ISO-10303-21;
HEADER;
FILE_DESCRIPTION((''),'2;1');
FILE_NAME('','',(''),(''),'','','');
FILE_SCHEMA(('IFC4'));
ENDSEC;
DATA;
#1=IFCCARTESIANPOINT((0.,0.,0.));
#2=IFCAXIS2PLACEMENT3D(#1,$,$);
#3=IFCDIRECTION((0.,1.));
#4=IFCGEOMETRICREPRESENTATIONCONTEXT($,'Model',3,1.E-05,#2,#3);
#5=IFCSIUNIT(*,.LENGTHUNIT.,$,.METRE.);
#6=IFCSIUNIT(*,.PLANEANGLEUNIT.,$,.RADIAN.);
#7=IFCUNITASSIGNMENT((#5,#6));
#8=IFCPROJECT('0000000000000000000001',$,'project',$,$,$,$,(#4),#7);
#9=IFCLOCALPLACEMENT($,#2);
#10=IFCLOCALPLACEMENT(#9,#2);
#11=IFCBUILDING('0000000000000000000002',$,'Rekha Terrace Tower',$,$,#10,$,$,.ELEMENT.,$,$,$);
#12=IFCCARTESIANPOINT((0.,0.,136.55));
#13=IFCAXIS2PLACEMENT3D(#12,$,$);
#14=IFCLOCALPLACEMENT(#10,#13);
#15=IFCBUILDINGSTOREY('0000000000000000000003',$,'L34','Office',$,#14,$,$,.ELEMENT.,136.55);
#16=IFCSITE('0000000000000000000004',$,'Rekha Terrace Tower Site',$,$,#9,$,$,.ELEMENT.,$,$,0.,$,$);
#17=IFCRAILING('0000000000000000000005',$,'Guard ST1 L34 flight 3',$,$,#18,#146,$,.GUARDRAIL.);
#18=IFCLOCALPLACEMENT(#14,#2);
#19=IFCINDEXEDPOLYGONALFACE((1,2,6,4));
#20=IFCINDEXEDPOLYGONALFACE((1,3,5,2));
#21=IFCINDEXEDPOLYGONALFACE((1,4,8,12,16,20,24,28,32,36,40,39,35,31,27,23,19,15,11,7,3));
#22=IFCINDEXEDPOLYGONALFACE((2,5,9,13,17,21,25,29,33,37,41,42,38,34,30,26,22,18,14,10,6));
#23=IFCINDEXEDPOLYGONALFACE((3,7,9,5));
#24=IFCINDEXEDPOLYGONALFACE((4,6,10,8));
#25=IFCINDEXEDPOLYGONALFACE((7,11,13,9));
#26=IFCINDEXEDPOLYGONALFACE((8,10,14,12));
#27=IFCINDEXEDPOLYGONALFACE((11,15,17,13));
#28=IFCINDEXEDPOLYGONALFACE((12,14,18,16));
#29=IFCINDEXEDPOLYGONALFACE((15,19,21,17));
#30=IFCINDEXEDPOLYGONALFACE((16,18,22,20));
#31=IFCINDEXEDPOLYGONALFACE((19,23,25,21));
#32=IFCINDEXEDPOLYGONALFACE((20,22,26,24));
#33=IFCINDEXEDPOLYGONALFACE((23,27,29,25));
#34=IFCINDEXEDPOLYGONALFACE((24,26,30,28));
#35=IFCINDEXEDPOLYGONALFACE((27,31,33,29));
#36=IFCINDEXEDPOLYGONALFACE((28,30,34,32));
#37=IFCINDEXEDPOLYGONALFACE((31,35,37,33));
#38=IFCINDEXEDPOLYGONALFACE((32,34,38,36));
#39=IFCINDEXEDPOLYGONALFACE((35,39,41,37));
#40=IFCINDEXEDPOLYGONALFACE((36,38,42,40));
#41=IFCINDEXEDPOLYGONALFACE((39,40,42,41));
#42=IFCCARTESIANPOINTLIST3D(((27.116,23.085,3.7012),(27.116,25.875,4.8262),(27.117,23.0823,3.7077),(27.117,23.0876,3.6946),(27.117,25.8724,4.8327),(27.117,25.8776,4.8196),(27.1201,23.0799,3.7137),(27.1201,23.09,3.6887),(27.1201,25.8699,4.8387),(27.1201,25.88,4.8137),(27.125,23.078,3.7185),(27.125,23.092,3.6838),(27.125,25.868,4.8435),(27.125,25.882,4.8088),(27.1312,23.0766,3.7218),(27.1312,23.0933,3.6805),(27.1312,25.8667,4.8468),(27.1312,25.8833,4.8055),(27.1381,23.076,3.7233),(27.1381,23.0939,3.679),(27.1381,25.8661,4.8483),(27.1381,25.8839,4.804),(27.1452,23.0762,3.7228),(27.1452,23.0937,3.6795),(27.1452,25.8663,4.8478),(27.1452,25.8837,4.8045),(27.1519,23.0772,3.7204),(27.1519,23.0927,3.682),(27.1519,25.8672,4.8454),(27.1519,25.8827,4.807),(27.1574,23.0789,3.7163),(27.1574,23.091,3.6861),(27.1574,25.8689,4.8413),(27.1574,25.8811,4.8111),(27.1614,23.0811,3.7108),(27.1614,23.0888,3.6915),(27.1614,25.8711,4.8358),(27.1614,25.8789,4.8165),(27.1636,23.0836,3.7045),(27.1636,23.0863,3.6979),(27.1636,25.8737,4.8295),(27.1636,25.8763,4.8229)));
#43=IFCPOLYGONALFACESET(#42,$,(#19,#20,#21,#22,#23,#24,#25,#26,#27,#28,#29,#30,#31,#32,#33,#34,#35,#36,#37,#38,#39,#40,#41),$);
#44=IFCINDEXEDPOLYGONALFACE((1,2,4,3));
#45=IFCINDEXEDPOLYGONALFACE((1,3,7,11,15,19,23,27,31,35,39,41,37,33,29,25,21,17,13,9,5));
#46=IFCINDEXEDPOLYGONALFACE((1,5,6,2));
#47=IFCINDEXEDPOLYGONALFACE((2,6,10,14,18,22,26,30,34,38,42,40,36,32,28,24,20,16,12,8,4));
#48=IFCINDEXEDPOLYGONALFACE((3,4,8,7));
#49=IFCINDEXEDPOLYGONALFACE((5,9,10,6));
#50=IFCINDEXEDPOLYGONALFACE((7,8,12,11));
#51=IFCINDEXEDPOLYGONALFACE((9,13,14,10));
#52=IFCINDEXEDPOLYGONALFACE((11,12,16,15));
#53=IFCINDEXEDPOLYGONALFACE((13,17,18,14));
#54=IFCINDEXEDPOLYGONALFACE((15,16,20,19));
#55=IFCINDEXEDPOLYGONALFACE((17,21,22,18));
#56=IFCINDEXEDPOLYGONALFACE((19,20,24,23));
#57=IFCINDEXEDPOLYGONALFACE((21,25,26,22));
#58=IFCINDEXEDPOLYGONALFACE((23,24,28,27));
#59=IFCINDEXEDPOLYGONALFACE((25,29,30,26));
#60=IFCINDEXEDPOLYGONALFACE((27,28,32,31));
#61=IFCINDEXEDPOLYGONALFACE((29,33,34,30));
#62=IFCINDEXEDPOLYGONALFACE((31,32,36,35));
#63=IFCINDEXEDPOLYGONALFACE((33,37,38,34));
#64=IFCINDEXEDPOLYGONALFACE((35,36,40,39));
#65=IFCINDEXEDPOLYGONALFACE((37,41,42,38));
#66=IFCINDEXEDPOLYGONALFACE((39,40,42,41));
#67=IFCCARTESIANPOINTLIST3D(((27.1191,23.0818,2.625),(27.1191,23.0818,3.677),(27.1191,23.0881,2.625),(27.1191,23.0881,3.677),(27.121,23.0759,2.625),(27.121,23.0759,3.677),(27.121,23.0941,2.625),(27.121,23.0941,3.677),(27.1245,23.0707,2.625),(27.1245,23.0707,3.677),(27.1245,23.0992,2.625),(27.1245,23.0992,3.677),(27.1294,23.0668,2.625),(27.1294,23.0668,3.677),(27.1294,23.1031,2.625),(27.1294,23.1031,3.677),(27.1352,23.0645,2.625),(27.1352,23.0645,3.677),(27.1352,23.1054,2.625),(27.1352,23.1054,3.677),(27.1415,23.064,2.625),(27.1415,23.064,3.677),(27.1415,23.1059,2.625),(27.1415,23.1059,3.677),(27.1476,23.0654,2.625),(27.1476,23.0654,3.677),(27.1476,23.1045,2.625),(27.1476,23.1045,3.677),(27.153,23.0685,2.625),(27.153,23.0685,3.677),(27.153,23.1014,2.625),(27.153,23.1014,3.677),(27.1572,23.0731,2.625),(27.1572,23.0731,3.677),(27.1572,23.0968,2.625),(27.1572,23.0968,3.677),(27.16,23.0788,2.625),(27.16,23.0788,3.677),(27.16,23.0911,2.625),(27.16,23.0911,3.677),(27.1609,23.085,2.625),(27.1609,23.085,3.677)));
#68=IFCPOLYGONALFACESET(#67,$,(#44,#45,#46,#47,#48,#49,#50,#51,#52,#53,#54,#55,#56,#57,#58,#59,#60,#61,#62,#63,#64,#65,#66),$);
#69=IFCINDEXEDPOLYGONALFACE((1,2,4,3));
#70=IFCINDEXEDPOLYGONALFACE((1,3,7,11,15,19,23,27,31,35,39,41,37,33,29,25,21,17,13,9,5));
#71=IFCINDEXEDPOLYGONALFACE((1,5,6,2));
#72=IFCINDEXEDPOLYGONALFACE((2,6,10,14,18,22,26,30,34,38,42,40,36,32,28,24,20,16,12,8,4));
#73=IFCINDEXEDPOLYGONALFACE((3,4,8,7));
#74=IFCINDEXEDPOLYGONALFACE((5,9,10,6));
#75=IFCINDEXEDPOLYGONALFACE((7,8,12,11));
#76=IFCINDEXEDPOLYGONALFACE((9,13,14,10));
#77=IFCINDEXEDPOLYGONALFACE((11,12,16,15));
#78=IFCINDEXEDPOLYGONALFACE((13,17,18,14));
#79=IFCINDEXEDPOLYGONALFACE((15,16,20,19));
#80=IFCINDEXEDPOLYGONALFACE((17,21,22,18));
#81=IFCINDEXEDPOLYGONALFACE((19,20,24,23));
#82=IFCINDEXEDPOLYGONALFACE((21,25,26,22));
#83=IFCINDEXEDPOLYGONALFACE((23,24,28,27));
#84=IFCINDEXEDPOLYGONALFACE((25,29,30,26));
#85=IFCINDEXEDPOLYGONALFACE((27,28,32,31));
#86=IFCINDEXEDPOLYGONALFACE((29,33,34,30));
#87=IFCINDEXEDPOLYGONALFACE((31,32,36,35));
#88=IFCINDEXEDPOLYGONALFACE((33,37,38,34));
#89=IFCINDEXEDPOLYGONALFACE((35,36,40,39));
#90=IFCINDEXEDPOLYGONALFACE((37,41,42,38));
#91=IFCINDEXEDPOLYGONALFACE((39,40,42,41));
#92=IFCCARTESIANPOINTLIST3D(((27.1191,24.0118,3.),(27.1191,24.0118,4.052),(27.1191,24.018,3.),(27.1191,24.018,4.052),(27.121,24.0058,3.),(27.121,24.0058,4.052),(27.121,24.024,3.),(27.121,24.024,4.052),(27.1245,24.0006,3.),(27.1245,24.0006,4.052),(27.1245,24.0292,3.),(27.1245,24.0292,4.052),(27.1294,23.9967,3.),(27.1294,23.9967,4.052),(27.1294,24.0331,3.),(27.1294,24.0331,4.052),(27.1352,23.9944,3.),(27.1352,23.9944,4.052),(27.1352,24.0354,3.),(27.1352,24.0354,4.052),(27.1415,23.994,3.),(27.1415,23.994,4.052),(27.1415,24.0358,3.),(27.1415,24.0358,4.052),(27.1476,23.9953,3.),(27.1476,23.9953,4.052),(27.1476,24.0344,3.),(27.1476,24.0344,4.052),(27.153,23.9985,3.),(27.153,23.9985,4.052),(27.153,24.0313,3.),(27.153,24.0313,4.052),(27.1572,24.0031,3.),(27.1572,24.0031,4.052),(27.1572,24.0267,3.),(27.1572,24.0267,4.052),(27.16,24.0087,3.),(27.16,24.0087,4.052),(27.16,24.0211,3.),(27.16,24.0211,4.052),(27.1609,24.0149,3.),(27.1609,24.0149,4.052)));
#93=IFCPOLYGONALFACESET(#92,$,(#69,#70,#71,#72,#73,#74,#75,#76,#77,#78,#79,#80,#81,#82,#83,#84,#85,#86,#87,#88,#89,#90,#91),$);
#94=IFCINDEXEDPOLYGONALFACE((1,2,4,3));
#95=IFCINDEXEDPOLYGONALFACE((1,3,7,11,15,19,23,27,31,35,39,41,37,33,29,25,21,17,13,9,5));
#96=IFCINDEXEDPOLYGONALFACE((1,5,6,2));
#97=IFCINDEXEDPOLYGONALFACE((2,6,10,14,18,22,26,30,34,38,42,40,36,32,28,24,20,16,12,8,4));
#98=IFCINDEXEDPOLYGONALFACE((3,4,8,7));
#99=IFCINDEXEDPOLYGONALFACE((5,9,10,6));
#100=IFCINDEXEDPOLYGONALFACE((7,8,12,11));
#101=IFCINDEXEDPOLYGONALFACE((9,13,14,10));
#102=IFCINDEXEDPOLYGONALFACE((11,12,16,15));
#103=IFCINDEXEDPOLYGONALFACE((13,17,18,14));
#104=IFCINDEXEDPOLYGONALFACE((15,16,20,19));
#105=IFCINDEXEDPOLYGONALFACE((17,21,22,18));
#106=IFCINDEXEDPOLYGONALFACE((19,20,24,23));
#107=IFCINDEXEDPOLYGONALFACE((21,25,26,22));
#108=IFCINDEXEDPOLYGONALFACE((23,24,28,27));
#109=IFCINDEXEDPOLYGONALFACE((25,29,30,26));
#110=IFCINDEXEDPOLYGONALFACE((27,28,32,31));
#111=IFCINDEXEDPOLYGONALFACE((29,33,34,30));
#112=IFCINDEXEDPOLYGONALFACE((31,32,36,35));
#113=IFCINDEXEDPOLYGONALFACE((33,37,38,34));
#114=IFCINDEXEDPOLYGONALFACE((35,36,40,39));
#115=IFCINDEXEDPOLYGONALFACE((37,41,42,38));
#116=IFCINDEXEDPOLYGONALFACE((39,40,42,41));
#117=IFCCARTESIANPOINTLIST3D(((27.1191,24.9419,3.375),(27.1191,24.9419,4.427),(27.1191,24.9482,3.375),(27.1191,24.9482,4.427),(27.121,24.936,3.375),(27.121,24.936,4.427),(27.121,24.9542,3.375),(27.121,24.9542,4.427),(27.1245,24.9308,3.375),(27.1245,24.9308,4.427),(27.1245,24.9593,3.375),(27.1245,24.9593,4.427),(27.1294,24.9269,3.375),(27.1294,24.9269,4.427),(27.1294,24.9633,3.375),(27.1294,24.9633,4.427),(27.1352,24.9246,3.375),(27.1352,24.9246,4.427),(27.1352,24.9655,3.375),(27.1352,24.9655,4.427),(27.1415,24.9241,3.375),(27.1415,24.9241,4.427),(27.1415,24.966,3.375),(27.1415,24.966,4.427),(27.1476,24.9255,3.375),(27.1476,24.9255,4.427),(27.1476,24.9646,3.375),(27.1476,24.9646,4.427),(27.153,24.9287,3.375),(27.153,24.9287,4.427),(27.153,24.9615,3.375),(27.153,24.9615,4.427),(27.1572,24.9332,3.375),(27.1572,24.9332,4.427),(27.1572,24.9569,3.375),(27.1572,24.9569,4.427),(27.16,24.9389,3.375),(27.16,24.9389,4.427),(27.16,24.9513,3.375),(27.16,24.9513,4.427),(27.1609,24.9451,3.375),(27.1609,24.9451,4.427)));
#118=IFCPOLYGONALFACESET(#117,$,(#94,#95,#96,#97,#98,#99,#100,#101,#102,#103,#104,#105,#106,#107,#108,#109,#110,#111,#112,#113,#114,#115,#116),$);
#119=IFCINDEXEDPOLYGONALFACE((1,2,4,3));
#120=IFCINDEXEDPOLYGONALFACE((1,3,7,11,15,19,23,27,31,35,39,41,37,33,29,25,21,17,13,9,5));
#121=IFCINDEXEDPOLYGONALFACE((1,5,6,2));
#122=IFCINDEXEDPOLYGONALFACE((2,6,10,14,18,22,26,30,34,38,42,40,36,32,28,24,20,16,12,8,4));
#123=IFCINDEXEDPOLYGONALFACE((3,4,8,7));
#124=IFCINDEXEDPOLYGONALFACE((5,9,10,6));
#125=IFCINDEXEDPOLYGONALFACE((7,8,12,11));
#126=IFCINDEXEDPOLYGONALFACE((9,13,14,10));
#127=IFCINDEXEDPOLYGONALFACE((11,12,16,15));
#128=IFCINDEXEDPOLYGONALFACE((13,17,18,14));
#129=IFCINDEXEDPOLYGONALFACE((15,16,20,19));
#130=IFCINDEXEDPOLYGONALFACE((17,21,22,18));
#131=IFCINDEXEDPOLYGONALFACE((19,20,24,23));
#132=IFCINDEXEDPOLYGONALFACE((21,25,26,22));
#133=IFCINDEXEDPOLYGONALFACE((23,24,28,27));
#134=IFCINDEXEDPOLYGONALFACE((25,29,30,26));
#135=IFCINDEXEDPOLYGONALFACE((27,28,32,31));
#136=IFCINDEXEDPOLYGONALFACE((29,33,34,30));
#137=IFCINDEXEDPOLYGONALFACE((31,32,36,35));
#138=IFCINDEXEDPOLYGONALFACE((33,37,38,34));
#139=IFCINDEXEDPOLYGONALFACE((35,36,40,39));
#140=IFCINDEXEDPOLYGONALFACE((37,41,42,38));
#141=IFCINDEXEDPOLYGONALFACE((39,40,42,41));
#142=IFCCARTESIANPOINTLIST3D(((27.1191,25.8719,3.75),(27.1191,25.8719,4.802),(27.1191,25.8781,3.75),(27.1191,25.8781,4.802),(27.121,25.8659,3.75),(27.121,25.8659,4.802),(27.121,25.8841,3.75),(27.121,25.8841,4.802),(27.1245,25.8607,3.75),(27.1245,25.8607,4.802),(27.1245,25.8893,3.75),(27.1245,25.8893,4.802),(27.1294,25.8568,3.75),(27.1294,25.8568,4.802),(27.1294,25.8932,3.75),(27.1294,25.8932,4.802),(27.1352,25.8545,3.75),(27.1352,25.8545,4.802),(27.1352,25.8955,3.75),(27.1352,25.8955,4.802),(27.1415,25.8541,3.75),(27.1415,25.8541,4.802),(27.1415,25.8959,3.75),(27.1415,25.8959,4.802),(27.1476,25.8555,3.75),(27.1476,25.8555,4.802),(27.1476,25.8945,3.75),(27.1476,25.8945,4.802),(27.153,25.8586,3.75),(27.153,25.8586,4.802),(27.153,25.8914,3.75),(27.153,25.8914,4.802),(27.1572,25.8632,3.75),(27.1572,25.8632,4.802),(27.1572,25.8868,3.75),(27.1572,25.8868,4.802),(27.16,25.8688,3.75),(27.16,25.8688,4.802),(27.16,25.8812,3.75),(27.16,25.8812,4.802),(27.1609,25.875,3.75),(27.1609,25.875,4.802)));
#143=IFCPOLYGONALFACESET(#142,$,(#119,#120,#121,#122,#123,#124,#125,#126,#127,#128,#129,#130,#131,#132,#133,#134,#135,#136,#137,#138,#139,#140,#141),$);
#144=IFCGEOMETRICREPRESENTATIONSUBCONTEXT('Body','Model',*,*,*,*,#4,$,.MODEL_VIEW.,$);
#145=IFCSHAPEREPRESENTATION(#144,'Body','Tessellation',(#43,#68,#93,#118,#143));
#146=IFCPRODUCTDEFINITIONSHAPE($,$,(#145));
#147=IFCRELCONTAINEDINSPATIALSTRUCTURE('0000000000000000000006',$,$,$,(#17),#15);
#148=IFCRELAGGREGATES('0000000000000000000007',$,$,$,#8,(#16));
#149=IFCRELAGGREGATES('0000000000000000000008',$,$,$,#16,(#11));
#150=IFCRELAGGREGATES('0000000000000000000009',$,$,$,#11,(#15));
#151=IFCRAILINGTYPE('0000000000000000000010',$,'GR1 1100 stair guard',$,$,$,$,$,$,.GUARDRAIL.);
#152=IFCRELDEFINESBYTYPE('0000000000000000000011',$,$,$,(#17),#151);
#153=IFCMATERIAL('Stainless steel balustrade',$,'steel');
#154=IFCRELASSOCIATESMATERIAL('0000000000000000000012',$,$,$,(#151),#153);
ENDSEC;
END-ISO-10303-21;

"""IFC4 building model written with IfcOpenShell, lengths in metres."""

from ifc_helpers import new_model, si_unit, direction, frame, origin, origin_2d, place, context, subcontext, project, spatial, circle, extrude, material, type_object, element, save


model = new_model("IFC4")

# Units and contexts
model_context = context("Model", 3, precision=1e-05, world=origin(), true_north=direction((0.0, 1.0)))
body_context = subcontext(model_context, "Body", "Model", "MODEL_VIEW")
ifc_project = project(units=[si_unit("LENGTHUNIT", "METRE"), si_unit("PLANEANGLEUNIT", "RADIAN")], contexts=[model_context])

# Site, building, storey
site_placement = place(None, origin())
site = spatial("IfcSite", under=ifc_project, at=site_placement, Name="Rekha Terrace Tower Site", CompositionType="ELEMENT", RefElevation=0.0)
building_placement = place(site_placement, origin())
building = spatial("IfcBuilding", under=site, at=building_placement, Name="Rekha Terrace Tower", CompositionType="ELEMENT")
storey_placement = place(building_placement, frame((0.0, 0.0, 136.55)))
storey = spatial("IfcBuildingStorey", under=building, at=storey_placement, Name="L34", Description="Office", CompositionType="ELEMENT", Elevation=136.55)

# Railing
ifc_material_1 = material(Name="Stainless steel balustrade", Category="steel")
railing_type_1 = type_object("IfcRailingType", Name="GR1 1100 stair guard", PredefinedType="GUARDRAIL", material=ifc_material_1)
railing_1_placement = place(storey_placement, frame((27.1399, 23.085, 2.625)))
element("IfcRailing", 1, at=railing_1_placement, inside=storey, type_object=railing_type_1, Name="Guard ST1 L34 flight 3", PredefinedType="GUARDRAIL", context=body_context, shape_type="SweptSolid", body=[
    extrude(circle(Radius=0.0239, at=origin_2d()), frame((0.0, 0.0, 1.0762), z_axis=(0.0, 0.927443, 0.373964), x_axis=(-1.0, 0.0, 0.0)), (0.0, 0.0, 1.0), 3.0083),
    extrude(circle(Radius=0.021, at=origin_2d()), origin(), (0.0, 0.0, 1.0), 1.052),
    extrude(circle(Radius=0.021, at=origin_2d()), frame((0.0, 0.9299, 0.375)), (0.0, 0.0, 1.0), 1.052),
    extrude(circle(Radius=0.021, at=origin_2d()), frame((0.0, 1.8601, 0.75)), (0.0, 0.0, 1.0), 1.052),
    extrude(circle(Radius=0.021, at=origin_2d()), frame((0.0, 2.79, 1.125)), (0.0, 0.0, 1.0), 1.052),
])

save(model, "model.ifc")
